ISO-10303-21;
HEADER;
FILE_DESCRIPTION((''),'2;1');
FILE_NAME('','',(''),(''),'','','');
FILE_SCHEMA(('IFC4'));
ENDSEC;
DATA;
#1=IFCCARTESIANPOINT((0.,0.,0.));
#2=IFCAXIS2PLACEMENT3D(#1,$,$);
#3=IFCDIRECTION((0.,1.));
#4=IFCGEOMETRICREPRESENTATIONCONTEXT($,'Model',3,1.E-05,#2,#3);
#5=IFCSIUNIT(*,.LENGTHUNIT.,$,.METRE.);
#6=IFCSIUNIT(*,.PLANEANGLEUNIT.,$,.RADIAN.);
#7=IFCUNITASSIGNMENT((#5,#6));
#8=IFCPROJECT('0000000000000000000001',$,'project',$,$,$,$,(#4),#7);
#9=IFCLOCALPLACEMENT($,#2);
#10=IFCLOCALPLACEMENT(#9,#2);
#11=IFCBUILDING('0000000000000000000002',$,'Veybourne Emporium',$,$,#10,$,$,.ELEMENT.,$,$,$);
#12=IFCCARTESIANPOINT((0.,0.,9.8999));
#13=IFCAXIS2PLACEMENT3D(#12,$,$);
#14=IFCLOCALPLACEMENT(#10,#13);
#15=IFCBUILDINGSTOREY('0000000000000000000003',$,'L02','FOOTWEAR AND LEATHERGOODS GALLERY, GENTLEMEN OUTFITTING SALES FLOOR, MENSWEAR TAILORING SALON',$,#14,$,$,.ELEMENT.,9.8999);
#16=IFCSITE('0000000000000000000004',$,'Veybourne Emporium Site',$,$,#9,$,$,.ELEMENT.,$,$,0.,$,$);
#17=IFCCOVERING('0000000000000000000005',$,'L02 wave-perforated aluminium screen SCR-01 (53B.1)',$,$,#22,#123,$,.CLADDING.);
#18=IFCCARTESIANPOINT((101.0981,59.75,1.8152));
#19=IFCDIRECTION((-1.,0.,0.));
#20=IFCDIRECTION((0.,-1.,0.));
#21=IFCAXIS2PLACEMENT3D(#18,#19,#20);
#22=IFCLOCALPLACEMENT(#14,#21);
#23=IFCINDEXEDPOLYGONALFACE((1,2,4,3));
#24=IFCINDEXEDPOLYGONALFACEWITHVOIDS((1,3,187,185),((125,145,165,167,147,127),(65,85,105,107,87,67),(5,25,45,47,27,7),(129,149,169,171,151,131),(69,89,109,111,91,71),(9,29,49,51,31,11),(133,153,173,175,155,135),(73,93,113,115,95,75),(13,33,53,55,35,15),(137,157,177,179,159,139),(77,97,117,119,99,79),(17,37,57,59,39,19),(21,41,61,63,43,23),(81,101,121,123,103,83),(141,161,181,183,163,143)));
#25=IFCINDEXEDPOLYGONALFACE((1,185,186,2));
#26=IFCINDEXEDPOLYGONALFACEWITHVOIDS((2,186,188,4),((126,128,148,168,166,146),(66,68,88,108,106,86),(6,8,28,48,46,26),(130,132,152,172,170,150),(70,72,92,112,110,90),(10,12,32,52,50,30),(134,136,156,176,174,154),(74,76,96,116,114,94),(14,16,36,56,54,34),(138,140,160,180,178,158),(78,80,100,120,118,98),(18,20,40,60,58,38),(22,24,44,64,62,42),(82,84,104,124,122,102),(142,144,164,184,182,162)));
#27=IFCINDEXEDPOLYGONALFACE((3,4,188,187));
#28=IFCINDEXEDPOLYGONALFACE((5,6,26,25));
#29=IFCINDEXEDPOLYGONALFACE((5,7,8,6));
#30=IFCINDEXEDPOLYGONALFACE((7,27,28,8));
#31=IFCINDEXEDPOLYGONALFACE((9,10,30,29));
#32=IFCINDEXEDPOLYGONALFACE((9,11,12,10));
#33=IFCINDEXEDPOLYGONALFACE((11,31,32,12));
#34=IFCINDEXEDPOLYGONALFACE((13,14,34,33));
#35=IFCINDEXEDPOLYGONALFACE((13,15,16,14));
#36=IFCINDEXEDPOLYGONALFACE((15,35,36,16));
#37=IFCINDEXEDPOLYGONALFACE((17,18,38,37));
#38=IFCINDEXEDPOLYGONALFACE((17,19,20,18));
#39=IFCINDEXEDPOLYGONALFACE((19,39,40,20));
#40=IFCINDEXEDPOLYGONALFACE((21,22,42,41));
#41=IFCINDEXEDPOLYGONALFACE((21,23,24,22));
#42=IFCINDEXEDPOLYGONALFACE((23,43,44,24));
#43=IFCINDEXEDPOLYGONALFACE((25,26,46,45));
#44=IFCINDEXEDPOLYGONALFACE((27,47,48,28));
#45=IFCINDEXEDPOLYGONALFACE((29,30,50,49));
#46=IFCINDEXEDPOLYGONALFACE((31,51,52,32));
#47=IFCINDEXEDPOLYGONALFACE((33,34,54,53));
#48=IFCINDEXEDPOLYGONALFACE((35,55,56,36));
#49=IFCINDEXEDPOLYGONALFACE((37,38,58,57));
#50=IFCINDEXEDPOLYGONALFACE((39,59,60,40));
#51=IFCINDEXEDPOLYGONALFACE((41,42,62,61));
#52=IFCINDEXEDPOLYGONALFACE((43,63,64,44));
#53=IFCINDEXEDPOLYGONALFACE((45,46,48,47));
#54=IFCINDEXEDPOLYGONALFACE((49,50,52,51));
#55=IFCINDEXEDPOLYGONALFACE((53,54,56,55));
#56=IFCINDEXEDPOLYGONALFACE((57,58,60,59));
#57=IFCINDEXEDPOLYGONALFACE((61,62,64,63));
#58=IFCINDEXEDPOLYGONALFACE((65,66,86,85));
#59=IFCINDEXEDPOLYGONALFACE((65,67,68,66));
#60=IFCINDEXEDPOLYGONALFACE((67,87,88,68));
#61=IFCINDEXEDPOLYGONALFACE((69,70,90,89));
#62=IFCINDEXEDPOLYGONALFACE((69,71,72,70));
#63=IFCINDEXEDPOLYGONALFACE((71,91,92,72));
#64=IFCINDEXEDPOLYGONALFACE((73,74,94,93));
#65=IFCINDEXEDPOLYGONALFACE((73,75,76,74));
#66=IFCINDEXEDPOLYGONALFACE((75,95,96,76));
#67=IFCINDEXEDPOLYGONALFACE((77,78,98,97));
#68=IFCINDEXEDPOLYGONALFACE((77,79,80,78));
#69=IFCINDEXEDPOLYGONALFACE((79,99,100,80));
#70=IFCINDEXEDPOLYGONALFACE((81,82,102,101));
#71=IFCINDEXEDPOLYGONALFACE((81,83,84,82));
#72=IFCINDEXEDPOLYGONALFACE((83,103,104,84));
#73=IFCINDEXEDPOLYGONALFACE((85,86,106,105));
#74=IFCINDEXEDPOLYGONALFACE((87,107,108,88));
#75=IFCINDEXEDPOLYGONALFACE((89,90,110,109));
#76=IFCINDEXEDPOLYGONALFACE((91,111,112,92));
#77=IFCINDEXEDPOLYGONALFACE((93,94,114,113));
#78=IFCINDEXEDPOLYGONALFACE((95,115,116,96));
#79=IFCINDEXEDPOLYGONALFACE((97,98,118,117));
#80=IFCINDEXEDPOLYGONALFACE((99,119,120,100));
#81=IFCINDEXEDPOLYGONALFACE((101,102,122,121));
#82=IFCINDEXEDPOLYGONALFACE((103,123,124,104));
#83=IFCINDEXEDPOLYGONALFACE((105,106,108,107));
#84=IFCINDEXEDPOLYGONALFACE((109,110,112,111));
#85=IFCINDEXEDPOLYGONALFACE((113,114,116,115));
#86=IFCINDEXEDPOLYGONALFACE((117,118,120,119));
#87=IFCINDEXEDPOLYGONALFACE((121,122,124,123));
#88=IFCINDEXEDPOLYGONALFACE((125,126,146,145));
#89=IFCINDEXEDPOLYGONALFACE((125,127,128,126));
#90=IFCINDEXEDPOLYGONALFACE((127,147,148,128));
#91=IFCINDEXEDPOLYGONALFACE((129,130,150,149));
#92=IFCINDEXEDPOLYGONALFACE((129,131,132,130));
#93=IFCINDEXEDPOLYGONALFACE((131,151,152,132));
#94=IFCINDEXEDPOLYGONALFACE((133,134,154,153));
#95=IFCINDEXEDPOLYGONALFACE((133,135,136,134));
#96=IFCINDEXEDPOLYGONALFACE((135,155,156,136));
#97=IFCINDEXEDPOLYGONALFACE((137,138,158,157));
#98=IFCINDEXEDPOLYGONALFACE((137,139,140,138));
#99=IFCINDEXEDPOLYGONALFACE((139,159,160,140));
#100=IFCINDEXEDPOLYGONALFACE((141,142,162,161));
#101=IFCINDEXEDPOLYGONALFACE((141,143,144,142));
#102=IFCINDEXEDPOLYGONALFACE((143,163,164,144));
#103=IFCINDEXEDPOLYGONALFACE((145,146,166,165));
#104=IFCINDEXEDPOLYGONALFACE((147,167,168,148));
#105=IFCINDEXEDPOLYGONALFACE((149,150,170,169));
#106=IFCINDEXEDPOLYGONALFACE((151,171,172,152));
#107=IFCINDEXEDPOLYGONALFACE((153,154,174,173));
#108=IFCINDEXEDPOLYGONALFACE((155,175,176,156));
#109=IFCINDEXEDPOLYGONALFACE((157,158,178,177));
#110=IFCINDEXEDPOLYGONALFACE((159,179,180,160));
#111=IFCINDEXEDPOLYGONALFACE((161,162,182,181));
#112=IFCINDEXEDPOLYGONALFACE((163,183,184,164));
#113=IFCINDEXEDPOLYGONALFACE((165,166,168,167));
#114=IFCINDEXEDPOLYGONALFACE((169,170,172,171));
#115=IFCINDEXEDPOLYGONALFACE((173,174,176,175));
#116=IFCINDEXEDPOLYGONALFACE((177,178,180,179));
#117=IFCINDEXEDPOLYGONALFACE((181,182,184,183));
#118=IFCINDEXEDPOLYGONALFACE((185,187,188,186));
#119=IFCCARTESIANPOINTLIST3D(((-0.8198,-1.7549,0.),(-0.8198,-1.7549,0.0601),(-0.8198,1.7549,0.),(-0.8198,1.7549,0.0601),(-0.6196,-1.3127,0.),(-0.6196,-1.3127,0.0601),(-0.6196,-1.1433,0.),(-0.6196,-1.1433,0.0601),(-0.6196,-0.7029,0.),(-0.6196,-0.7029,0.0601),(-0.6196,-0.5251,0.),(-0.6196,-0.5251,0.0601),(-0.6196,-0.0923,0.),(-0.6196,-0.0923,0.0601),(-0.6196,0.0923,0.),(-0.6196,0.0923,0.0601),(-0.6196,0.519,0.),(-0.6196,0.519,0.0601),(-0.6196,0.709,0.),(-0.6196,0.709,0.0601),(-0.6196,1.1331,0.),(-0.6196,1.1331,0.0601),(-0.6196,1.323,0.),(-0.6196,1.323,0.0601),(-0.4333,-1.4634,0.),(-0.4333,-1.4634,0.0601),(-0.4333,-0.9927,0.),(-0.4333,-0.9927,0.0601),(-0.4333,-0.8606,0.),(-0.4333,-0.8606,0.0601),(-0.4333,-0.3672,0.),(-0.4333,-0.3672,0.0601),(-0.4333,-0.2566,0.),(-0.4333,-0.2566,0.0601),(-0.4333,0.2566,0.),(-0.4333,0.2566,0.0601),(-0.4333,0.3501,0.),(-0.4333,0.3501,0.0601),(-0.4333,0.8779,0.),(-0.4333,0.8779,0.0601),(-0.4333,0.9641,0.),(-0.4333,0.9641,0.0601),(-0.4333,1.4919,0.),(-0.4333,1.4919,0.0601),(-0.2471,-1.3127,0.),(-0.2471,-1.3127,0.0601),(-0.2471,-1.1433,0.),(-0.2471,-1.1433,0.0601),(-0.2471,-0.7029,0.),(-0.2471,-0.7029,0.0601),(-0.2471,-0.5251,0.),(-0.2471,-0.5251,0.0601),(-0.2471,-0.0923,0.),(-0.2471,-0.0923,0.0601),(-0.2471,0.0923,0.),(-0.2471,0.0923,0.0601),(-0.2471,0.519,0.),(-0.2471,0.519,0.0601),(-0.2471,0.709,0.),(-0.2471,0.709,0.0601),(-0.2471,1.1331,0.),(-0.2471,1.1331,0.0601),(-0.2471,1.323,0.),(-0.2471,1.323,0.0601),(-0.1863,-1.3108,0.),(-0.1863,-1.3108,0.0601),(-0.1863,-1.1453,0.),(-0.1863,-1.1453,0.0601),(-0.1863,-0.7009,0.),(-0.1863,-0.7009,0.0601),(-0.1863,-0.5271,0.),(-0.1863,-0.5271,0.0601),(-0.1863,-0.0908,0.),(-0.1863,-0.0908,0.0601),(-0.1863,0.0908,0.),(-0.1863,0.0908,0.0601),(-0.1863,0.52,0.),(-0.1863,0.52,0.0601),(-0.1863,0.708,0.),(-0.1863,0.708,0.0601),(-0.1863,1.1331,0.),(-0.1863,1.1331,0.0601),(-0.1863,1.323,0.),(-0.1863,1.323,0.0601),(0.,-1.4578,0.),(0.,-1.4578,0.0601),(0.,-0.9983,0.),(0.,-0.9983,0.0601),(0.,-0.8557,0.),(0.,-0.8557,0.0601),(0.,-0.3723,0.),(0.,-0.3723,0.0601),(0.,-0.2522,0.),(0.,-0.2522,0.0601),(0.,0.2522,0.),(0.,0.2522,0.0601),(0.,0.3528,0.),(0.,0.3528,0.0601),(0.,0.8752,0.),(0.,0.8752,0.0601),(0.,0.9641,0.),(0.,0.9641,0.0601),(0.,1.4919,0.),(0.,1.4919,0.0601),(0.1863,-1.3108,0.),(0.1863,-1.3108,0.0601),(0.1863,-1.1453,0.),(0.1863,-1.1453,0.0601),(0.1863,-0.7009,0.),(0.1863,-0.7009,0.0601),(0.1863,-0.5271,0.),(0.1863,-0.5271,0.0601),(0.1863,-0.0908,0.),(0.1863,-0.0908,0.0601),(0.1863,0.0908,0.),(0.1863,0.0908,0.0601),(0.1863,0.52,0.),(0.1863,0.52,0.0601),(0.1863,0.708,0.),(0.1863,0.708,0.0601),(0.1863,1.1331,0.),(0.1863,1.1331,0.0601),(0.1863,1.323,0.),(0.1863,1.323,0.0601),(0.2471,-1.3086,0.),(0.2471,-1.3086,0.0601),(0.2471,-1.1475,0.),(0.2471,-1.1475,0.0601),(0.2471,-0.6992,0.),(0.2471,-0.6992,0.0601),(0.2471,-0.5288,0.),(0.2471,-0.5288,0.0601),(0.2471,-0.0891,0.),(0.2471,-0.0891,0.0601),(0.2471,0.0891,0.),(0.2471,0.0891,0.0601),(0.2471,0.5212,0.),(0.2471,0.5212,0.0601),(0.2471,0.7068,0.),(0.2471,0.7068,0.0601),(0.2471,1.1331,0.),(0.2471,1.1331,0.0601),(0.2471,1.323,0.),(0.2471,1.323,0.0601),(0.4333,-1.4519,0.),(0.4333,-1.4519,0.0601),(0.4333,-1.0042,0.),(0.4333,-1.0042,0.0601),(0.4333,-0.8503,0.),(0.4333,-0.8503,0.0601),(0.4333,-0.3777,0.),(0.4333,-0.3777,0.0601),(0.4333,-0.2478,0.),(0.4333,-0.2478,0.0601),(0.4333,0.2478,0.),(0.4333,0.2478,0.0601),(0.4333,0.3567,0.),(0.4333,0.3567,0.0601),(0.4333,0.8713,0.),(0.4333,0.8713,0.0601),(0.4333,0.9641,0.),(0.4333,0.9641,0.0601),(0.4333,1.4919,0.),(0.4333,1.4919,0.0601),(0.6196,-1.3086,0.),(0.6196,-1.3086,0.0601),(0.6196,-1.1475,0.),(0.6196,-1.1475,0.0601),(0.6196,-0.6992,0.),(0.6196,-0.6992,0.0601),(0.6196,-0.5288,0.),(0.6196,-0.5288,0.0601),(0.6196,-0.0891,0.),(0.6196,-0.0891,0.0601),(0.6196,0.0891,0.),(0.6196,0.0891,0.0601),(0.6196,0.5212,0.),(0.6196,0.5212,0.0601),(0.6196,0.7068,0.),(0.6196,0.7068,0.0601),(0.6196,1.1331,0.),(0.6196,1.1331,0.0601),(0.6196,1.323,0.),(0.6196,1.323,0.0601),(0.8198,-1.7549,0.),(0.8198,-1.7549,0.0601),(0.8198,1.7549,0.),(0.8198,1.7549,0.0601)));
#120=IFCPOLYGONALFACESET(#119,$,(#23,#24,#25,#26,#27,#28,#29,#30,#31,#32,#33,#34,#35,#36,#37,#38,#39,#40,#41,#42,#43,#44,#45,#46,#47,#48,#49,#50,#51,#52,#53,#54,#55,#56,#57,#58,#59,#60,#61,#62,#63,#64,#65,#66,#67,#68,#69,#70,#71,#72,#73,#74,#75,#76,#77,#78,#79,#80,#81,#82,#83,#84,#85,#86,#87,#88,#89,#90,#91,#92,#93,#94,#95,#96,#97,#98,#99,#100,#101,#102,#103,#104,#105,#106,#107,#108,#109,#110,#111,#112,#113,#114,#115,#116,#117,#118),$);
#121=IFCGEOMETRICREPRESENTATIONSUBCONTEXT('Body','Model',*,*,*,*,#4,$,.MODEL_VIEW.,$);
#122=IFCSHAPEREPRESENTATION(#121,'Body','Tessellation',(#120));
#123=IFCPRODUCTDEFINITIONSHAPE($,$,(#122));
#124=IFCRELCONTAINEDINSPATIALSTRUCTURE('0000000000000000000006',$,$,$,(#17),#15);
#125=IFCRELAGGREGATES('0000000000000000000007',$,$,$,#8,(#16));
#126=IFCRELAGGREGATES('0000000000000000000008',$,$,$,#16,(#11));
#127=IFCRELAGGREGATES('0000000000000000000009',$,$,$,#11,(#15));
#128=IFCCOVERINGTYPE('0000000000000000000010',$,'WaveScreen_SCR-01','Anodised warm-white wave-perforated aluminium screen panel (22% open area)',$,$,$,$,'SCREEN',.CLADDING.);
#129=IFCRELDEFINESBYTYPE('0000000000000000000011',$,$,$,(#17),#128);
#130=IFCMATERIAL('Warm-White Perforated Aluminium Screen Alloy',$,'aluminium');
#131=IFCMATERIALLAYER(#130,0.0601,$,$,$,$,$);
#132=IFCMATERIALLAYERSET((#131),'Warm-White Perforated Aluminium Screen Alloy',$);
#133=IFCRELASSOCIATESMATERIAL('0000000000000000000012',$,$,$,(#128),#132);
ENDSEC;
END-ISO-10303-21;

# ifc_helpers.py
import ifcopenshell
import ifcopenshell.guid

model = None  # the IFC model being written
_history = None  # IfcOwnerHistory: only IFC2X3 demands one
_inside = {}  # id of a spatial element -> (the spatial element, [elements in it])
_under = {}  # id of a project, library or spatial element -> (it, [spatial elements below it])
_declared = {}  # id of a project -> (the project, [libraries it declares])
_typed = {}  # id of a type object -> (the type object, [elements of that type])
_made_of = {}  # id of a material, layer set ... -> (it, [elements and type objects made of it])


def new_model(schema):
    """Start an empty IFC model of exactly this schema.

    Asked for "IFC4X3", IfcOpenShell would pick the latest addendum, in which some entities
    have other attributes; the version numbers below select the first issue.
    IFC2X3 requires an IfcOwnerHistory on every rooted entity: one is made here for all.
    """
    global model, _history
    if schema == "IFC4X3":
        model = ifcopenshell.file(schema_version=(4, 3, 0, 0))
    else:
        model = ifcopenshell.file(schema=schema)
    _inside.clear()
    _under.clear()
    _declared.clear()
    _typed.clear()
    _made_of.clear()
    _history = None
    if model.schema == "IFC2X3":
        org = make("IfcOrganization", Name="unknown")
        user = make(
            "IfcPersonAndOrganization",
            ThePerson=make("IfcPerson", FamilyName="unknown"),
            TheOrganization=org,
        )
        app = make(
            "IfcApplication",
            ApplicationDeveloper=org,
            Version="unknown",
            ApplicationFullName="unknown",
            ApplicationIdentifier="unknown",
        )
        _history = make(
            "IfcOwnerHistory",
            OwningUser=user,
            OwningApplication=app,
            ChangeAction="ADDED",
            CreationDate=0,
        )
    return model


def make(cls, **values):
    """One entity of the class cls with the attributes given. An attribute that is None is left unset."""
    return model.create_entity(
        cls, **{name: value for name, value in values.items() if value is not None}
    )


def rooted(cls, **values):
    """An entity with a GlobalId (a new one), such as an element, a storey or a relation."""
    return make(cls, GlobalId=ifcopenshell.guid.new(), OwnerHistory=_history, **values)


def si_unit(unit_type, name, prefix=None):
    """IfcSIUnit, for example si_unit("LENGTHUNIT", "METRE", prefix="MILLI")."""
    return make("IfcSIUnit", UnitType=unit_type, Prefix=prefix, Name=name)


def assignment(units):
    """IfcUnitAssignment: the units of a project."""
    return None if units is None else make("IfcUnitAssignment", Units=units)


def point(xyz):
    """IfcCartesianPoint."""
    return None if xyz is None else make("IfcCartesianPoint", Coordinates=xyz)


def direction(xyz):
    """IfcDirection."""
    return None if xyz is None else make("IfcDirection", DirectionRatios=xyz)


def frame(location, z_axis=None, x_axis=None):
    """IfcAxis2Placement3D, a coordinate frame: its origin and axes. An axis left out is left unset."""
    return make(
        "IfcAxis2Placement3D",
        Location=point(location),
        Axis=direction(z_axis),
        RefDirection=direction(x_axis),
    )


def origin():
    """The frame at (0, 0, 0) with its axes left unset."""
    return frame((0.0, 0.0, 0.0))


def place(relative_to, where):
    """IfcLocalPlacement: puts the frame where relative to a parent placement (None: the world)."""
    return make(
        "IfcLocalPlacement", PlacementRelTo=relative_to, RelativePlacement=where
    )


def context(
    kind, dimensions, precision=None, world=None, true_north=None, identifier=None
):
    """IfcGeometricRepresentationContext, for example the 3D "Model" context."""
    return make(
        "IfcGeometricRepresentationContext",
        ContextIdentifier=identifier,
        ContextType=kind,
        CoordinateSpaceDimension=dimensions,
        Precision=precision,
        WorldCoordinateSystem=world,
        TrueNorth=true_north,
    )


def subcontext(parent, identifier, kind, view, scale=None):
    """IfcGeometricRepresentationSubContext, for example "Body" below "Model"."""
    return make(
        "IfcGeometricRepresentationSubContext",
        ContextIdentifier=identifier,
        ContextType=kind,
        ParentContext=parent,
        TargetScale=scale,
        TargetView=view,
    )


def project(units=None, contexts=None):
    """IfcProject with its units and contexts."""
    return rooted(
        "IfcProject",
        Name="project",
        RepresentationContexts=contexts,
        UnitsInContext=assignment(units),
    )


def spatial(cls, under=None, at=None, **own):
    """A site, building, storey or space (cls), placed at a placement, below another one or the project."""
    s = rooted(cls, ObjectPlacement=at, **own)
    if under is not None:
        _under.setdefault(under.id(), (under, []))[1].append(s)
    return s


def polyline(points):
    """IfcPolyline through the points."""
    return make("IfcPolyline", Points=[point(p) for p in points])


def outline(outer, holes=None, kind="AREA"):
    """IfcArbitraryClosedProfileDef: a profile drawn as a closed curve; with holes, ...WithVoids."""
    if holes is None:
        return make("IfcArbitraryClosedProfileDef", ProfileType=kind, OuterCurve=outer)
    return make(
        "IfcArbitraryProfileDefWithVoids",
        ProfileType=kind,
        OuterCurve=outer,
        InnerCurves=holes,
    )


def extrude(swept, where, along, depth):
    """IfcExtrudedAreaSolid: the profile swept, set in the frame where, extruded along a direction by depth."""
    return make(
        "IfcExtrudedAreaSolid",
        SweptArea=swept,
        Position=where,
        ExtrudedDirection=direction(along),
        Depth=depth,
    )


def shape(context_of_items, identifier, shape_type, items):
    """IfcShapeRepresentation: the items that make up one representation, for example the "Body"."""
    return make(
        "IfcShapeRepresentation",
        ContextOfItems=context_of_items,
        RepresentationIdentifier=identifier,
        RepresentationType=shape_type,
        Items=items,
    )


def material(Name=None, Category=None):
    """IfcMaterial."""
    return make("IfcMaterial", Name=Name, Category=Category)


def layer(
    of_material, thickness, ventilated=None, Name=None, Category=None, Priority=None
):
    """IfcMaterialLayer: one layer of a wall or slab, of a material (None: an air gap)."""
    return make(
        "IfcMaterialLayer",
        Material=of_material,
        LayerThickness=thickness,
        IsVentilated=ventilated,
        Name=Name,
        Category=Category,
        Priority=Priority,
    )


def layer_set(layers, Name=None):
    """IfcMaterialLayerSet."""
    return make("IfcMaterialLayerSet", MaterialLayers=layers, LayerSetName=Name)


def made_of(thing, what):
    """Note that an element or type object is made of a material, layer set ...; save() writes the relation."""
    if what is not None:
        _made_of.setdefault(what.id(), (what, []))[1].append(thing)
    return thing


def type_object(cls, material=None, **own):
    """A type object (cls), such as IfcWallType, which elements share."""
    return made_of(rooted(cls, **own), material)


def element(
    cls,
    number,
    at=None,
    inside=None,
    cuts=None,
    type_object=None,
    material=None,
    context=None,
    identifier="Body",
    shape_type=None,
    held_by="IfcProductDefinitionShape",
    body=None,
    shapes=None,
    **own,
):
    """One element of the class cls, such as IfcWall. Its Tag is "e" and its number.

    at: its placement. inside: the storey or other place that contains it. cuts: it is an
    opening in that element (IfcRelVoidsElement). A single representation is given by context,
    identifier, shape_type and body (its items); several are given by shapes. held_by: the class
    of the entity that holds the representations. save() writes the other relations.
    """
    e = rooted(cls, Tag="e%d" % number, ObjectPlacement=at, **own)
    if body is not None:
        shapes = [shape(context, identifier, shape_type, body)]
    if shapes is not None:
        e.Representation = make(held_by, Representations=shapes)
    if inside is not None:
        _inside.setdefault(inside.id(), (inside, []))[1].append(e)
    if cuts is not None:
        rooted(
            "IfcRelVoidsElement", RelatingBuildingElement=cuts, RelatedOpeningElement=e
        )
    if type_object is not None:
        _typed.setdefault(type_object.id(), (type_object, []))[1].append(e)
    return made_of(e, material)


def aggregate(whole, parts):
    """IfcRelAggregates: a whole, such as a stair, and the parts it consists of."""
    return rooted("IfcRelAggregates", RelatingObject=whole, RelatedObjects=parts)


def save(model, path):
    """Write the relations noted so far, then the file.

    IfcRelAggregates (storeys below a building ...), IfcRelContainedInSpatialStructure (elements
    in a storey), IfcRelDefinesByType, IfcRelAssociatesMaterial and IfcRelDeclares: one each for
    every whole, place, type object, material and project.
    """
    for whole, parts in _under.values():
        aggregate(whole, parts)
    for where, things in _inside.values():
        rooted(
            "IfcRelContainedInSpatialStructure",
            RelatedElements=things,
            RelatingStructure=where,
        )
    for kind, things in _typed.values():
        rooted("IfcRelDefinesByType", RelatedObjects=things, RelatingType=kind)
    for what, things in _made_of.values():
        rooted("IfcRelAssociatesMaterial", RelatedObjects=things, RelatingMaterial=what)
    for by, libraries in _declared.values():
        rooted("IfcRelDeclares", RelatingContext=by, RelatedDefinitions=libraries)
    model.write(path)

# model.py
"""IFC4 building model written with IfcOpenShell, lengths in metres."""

from ifc_helpers import new_model, si_unit, direction, frame, origin, place, context, subcontext, project, spatial, polyline, outline, extrude, material, layer, layer_set, type_object, element, save


model = new_model("IFC4")

# Units and contexts
model_context = context("Model", 3, precision=1e-05, world=origin(), true_north=direction((0.0, 1.0)))
body_context = subcontext(model_context, "Body", "Model", "MODEL_VIEW")
ifc_project = project(units=[si_unit("LENGTHUNIT", "METRE"), si_unit("PLANEANGLEUNIT", "RADIAN")], contexts=[model_context])

# Site, building, storey
site_placement = place(None, origin())
site = spatial("IfcSite", under=ifc_project, at=site_placement, Name="Veybourne Emporium Site", CompositionType="ELEMENT", RefElevation=0.0)
building_placement = place(site_placement, origin())
building = spatial("IfcBuilding", under=site, at=building_placement, Name="Veybourne Emporium", CompositionType="ELEMENT")
storey_placement = place(building_placement, frame((0.0, 0.0, 9.8999)))
storey = spatial("IfcBuildingStorey", under=building, at=storey_placement, Name="L02", Description="FOOTWEAR AND LEATHERGOODS GALLERY, GENTLEMEN OUTFITTING SALES FLOOR, MENSWEAR TAILORING SALON", CompositionType="ELEMENT", Elevation=9.8999)

# Covering
ifc_material_1 = material(Name="Warm-White Perforated Aluminium Screen Alloy", Category="aluminium")
ifc_layer_1 = layer(ifc_material_1, 0.0601)
ifc_layer_set_1 = layer_set([ifc_layer_1], Name="Warm-White Perforated Aluminium Screen Alloy")
covering_type_1 = type_object("IfcCoveringType", Name="WaveScreen_SCR-01", Description="Anodised warm-white wave-perforated aluminium screen panel (22% open area)", ElementType="SCREEN", PredefinedType="CLADDING", material=ifc_layer_set_1)
covering_1_placement = place(storey_placement, frame((101.0981, 59.75, 1.8152), z_axis=(-1.0, 0.0, 0.0), x_axis=(0.0, -1.0, 0.0)))
element("IfcCovering", 1, at=covering_1_placement, inside=storey, type_object=covering_type_1, Name="L02 wave-perforated aluminium screen SCR-01 (53B.1)", PredefinedType="CLADDING", context=body_context, shape_type="SweptSolid", body=[
    extrude(outline(polyline([(-0.8198, -1.7549), (0.8198, -1.7549), (0.8198, 1.7549), (-0.8198, 1.7549), (-0.8198, -1.7549)]), holes=[polyline([(-0.4333, -0.9927), (-0.2471, -1.1433), (-0.2471, -1.3127), (-0.4333, -1.4634), (-0.6196, -1.3127), (-0.6196, -1.1433), (-0.4333, -0.9927)]), polyline([(-0.4333, -0.3672), (-0.2471, -0.5251), (-0.2471, -0.7029), (-0.4333, -0.8606), (-0.6196, -0.7029), (-0.6196, -0.5251), (-0.4333, -0.3672)]), polyline([(-0.4333, 0.2566), (-0.2471, 0.0923), (-0.2471, -0.0923), (-0.4333, -0.2566), (-0.6196, -0.0923), (-0.6196, 0.0923), (-0.4333, 0.2566)]), polyline([(-0.4333, 0.8779), (-0.2471, 0.709), (-0.2471, 0.519), (-0.4333, 0.3501), (-0.6196, 0.519), (-0.6196, 0.709), (-0.4333, 0.8779)]), polyline([(-0.4333, 1.4919), (-0.2471, 1.323), (-0.2471, 1.1331), (-0.4333, 0.9641), (-0.6196, 1.1331), (-0.6196, 1.323), (-0.4333, 1.4919)]), polyline([(0.0, -0.9983), (0.1863, -1.1453), (0.1863, -1.3108), (0.0, -1.4578), (-0.1863, -1.3108), (-0.1863, -1.1453), (0.0, -0.9983)]), polyline([(0.0, -0.3723), (0.1863, -0.5271), (0.1863, -0.7009), (0.0, -0.8557), (-0.1863, -0.7009), (-0.1863, -0.5271), (0.0, -0.3723)]), polyline([(0.0, 0.2522), (0.1863, 0.0908), (0.1863, -0.0908), (0.0, -0.2522), (-0.1863, -0.0908), (-0.1863, 0.0908), (0.0, 0.2522)]), polyline([(0.0, 0.8752), (0.1863, 0.708), (0.1863, 0.52), (0.0, 0.3528), (-0.1863, 0.52), (-0.1863, 0.708), (0.0, 0.8752)]), polyline([(0.0, 1.4919), (0.1863, 1.323), (0.1863, 1.1331), (0.0, 0.9641), (-0.1863, 1.1331), (-0.1863, 1.323), (0.0, 1.4919)]), polyline([(0.4333, -1.0042), (0.6196, -1.1475), (0.6196, -1.3086), (0.4333, -1.4519), (0.2471, -1.3086), (0.2471, -1.1475), (0.4333, -1.0042)]), polyline([(0.4333, -0.3777), (0.6196, -0.5288), (0.6196, -0.6992), (0.4333, -0.8503), (0.2471, -0.6992), (0.2471, -0.5288), (0.4333, -0.3777)]), polyline([(0.4333, 0.2478), (0.6196, 0.0891), (0.6196, -0.0891), (0.4333, -0.2478), (0.2471, -0.0891), (0.2471, 0.0891), (0.4333, 0.2478)]), polyline([(0.4333, 0.8713), (0.6196, 0.7068), (0.6196, 0.5212), (0.4333, 0.3567), (0.2471, 0.5212), (0.2471, 0.7068), (0.4333, 0.8713)]), polyline([(0.4333, 1.4919), (0.6196, 1.323), (0.6196, 1.1331), (0.4333, 0.9641), (0.2471, 1.1331), (0.2471, 1.323), (0.4333, 1.4919)])]), origin(), (0.0, 0.0, 1.0), 0.0601),
])

save(model, "model.ifc")
